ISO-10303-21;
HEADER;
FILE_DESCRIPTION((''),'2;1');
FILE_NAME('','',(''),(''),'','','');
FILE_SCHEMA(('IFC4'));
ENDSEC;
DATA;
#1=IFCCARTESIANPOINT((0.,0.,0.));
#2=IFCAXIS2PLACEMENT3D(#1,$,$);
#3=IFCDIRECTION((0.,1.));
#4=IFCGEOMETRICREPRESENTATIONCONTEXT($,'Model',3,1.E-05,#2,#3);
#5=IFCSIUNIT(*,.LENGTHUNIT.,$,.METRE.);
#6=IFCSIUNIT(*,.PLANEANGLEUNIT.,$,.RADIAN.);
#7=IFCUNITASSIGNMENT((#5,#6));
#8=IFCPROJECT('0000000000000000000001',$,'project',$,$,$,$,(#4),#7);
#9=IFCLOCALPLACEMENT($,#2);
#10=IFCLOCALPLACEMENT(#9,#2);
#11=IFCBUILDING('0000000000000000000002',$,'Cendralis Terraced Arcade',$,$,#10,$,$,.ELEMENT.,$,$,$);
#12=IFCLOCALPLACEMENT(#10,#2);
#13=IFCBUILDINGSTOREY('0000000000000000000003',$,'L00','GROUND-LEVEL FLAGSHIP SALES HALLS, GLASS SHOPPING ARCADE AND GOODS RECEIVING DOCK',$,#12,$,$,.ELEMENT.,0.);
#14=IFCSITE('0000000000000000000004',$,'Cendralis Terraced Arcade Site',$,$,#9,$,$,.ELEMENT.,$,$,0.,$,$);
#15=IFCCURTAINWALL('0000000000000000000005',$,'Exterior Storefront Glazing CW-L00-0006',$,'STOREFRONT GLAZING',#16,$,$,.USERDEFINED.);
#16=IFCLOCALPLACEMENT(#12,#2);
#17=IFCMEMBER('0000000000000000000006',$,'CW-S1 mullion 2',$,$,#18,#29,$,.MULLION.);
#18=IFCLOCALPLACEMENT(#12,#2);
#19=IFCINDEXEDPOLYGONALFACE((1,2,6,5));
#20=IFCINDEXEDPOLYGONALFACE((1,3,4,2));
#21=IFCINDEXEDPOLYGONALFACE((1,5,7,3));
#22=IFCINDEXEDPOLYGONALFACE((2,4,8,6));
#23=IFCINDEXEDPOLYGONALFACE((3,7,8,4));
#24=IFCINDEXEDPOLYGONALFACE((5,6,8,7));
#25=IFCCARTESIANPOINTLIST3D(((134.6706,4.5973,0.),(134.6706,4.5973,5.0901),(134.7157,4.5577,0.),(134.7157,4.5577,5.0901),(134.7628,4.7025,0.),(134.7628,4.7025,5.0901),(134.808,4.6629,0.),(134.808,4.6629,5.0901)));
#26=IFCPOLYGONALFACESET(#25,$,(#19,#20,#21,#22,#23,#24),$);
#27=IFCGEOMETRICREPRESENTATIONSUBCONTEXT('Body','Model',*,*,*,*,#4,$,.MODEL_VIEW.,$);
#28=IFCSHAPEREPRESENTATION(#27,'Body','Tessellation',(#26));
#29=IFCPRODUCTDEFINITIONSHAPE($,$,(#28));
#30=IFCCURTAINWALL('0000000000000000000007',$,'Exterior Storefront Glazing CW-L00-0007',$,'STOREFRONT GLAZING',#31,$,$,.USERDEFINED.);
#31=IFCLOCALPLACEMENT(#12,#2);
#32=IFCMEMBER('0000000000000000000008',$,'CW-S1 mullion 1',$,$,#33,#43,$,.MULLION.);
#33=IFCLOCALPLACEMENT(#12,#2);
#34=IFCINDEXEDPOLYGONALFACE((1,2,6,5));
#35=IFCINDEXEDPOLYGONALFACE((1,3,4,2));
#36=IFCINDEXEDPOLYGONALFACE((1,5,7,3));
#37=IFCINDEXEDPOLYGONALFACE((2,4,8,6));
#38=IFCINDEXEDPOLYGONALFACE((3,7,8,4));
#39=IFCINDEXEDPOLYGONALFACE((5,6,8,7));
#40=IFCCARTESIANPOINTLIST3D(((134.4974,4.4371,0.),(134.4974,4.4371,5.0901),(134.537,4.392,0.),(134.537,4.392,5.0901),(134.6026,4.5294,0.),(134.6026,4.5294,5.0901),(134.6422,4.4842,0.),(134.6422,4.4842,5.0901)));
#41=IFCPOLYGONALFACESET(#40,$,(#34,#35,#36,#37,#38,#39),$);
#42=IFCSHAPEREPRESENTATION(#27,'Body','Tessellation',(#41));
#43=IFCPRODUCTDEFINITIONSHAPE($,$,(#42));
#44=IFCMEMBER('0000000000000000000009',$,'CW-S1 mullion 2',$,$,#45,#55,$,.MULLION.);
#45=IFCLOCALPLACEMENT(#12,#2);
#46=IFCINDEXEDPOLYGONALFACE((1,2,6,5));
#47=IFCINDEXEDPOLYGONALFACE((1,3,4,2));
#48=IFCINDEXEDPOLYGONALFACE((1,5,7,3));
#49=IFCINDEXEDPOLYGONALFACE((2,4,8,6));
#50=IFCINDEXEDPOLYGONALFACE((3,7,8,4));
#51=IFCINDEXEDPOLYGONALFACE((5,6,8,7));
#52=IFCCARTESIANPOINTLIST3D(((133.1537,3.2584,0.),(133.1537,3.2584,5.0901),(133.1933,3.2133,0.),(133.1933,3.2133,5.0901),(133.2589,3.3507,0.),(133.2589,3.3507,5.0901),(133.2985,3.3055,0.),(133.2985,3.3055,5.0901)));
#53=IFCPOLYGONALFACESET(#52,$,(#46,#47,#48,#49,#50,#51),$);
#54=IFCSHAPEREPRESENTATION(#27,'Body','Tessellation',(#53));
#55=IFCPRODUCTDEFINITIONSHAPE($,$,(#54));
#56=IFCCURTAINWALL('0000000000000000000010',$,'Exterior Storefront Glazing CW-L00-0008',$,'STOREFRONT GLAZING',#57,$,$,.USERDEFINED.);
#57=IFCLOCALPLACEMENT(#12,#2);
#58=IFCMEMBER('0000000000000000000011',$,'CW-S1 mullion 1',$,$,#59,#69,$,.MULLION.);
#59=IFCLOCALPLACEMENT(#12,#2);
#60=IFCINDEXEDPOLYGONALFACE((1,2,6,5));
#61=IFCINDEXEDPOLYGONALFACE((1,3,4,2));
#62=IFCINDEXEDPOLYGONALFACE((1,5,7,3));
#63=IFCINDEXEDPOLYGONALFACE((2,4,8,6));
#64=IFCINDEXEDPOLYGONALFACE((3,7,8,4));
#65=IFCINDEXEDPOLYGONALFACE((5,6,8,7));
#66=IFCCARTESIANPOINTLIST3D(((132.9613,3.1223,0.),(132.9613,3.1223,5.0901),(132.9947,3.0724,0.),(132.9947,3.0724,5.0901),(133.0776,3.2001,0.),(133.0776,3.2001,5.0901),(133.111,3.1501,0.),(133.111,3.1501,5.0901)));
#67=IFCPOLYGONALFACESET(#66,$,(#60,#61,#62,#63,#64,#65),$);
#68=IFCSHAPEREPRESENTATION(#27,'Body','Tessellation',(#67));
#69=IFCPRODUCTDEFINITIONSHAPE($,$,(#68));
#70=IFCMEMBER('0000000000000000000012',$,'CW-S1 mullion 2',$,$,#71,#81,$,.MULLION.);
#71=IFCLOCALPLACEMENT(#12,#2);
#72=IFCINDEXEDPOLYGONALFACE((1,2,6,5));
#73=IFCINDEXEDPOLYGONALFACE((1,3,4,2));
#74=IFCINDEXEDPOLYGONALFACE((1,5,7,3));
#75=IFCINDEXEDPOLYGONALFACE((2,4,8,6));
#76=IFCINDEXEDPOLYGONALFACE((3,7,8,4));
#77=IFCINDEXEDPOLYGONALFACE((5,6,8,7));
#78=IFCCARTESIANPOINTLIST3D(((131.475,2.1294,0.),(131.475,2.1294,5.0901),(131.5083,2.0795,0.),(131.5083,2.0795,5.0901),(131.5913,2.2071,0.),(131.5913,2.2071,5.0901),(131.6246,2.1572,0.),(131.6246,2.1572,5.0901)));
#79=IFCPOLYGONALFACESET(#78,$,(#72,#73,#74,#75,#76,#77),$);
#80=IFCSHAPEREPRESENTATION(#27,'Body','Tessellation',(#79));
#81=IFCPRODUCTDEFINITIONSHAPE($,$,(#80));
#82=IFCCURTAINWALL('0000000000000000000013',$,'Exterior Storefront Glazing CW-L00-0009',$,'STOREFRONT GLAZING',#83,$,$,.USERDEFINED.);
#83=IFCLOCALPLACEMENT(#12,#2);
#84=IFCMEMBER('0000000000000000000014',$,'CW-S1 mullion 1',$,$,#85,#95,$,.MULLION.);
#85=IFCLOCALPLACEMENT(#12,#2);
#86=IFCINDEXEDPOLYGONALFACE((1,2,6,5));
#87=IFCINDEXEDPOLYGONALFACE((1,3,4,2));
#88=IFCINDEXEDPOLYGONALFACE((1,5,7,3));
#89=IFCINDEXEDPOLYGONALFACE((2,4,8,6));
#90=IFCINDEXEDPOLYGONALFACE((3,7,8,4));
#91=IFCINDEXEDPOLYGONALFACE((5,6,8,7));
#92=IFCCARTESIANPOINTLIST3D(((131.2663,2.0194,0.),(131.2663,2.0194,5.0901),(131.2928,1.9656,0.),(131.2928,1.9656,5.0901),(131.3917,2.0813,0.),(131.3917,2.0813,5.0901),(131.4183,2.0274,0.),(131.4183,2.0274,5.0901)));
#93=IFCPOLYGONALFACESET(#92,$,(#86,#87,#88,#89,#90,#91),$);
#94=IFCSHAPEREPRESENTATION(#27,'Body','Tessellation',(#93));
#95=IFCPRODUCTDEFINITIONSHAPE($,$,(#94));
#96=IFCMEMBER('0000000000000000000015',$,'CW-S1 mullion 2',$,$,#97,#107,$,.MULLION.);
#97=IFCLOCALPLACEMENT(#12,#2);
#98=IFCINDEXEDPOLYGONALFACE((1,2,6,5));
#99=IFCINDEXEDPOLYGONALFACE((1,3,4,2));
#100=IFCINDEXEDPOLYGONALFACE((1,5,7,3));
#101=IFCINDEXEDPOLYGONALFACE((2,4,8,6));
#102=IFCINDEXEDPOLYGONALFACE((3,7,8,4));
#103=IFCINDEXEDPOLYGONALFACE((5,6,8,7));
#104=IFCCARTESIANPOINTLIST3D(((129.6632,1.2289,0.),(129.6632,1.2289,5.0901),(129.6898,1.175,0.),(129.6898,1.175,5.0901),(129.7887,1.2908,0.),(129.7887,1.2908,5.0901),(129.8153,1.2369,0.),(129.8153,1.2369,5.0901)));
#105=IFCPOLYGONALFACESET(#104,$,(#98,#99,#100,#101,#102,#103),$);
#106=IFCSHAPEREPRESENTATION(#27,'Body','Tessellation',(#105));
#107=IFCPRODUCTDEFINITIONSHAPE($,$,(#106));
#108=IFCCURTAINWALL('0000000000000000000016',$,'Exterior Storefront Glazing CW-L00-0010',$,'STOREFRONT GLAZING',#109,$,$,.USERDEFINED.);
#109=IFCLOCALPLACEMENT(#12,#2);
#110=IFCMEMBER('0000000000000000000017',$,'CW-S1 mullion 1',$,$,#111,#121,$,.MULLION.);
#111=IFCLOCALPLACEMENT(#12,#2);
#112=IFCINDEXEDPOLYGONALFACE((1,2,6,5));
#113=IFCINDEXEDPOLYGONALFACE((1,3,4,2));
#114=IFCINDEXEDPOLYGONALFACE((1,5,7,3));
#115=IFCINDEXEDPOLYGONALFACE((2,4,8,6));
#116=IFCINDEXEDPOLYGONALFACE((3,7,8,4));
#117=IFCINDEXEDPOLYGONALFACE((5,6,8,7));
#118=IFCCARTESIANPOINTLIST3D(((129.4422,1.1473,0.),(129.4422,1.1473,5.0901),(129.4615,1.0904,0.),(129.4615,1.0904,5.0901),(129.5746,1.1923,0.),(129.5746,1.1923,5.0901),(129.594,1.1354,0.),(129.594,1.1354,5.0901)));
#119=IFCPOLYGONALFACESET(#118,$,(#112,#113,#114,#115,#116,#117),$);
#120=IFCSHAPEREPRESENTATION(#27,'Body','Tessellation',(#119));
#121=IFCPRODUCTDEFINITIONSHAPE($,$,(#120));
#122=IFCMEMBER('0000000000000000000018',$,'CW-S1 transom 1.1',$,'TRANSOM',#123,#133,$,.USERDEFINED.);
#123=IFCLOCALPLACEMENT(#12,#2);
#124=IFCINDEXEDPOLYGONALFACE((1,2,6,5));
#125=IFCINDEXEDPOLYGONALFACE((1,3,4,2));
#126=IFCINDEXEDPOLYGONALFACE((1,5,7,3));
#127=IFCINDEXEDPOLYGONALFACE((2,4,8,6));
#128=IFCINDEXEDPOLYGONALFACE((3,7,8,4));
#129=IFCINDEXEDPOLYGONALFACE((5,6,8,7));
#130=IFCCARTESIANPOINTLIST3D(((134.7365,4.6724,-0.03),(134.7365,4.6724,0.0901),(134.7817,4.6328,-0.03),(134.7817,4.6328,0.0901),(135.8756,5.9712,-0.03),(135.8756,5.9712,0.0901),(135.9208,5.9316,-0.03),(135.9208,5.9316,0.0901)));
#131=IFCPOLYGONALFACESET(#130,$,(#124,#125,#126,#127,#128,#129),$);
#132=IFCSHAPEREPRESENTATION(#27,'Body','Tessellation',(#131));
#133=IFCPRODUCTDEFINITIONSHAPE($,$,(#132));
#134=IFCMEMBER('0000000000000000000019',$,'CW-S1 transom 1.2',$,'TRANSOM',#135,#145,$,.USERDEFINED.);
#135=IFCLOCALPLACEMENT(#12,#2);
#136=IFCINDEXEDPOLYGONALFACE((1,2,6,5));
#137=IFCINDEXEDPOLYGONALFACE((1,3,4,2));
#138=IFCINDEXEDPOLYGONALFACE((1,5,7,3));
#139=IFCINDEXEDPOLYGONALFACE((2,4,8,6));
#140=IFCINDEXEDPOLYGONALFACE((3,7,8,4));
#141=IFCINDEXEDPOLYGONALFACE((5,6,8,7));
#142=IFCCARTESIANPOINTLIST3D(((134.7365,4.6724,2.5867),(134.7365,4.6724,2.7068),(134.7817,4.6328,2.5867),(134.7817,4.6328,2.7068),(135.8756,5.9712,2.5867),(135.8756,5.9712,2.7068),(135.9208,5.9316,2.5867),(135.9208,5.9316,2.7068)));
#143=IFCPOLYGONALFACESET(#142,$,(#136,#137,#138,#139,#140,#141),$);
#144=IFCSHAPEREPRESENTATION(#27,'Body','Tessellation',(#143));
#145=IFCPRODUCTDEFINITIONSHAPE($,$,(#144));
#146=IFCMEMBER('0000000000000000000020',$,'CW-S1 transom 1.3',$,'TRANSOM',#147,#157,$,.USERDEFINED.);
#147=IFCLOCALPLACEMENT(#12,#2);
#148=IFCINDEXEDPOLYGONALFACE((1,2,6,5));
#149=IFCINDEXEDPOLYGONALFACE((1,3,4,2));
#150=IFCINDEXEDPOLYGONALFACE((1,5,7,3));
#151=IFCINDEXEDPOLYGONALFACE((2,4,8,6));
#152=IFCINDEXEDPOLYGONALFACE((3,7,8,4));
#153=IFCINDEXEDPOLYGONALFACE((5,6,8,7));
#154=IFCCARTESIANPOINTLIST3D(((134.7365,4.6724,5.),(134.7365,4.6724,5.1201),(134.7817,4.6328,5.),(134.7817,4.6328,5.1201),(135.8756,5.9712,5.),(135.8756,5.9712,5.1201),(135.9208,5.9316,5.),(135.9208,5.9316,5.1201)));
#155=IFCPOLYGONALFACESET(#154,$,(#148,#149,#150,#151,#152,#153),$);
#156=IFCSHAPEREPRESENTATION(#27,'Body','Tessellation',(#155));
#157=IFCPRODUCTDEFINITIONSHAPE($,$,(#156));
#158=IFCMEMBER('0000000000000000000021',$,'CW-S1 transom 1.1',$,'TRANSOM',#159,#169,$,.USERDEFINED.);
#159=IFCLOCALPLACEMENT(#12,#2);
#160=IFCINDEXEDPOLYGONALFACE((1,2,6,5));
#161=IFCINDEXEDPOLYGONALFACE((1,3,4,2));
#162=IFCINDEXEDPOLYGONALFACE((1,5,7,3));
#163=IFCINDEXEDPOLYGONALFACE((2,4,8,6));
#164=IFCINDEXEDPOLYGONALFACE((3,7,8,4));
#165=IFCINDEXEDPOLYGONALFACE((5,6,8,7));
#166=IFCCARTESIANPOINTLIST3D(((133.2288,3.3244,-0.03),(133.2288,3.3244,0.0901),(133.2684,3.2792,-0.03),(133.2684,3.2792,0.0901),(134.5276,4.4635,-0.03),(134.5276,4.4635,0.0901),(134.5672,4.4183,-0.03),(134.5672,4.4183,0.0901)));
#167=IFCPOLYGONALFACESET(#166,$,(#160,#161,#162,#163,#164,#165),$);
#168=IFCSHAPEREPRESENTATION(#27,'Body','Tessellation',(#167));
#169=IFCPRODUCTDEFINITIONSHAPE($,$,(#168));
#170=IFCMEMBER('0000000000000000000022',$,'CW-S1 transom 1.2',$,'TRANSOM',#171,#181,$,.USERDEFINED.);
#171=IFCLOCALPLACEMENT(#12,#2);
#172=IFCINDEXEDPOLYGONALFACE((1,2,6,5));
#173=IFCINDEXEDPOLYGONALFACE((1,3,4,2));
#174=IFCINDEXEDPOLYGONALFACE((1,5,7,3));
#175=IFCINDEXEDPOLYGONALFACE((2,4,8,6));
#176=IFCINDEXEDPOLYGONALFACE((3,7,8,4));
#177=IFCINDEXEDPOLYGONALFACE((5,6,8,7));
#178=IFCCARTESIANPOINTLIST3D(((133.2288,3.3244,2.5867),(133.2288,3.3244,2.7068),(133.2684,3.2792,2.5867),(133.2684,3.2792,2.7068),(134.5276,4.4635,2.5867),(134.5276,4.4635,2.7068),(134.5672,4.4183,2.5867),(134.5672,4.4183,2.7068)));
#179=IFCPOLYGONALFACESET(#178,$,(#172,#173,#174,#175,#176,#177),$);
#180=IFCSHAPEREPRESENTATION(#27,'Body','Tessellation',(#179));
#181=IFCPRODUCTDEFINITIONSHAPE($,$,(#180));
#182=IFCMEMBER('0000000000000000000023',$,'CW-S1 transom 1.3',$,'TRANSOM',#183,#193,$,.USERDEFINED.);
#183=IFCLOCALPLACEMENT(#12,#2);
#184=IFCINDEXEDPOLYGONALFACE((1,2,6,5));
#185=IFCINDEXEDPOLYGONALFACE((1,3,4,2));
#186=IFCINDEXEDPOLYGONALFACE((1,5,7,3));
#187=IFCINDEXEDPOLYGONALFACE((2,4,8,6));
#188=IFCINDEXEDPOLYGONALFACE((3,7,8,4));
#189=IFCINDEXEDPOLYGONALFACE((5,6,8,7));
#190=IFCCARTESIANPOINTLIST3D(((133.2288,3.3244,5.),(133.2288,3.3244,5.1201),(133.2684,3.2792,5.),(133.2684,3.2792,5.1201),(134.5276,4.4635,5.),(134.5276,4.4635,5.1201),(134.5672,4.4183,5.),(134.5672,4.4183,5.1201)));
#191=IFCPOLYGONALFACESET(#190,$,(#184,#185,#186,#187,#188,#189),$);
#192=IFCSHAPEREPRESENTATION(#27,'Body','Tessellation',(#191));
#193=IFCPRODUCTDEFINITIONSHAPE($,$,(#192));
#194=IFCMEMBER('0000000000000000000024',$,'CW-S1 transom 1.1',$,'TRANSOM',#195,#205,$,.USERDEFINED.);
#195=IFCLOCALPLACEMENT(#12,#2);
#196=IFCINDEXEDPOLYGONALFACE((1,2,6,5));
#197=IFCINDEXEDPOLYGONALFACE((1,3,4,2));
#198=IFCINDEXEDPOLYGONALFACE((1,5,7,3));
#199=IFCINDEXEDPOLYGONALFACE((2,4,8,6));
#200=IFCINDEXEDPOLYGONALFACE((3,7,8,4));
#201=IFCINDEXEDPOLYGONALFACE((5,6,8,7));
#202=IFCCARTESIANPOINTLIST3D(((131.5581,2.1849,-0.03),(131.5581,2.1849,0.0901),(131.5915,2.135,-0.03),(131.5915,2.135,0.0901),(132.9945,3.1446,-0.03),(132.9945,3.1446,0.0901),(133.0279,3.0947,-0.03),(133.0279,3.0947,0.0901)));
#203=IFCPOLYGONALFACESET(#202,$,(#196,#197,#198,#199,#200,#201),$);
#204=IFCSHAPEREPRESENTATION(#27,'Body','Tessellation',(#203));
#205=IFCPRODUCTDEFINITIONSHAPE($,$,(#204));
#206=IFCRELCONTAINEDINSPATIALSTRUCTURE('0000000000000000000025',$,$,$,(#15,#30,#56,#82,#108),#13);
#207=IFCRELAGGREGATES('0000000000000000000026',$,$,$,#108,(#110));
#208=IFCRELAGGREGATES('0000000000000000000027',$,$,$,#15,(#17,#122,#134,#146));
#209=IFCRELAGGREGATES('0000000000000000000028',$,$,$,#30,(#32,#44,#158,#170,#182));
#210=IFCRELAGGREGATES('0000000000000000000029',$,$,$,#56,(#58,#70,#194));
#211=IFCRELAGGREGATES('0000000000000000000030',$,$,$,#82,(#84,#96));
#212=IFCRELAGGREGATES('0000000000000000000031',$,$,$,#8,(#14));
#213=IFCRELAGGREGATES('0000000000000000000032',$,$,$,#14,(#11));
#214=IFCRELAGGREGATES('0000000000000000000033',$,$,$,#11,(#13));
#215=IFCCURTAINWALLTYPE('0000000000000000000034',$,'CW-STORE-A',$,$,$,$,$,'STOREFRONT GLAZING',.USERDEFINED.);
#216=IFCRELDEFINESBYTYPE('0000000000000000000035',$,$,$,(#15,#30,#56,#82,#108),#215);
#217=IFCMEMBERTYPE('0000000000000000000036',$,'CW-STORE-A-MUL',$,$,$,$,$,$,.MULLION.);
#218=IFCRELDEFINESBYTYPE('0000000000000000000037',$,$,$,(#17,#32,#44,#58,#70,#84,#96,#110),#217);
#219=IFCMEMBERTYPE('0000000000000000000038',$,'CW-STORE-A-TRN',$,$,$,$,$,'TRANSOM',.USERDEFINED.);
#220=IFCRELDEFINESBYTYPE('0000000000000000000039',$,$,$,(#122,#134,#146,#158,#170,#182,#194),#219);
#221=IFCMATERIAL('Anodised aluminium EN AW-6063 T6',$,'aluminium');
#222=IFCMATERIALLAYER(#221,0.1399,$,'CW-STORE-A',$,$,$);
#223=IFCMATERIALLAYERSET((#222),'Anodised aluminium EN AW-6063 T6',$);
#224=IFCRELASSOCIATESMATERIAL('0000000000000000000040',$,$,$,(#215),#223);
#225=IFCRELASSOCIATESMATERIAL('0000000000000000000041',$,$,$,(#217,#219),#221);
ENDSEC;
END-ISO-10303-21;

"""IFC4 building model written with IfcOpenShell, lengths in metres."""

from ifc_helpers import new_model, si_unit, direction, frame, origin, origin_2d, place, context, subcontext, project, spatial, rectangle, extrude, material, layer, layer_set, material_profile, profile_set, type_object, element, aggregate, save


model = new_model("IFC4")

# Units and contexts
model_context = context("Model", 3, precision=1e-05, world=origin(), true_north=direction((0.0, 1.0)))
body_context = subcontext(model_context, "Body", "Model", "MODEL_VIEW")
ifc_project = project(units=[si_unit("LENGTHUNIT", "METRE"), si_unit("PLANEANGLEUNIT", "RADIAN")], contexts=[model_context])

# Site, building, storey
site_placement = place(None, origin())
site = spatial("IfcSite", under=ifc_project, at=site_placement, Name="Cendralis Terraced Arcade Site", CompositionType="ELEMENT", RefElevation=0.0)
building_placement = place(site_placement, origin())
building = spatial("IfcBuilding", under=site, at=building_placement, Name="Cendralis Terraced Arcade", CompositionType="ELEMENT")
storey_placement = place(building_placement, origin())
storey = spatial("IfcBuildingStorey", under=building, at=storey_placement, Name="L00", Description="GROUND-LEVEL FLAGSHIP SALES HALLS, GLASS SHOPPING ARCADE AND GOODS RECEIVING DOCK", CompositionType="ELEMENT", Elevation=0.0)

# Curtain wall, member
ifc_material_1 = material(Name="Anodised aluminium EN AW-6063 T6", Category="aluminium")
ifc_layer_1 = layer(ifc_material_1, 0.1399, Name="CW-STORE-A")
ifc_layer_set_1 = layer_set([ifc_layer_1], Name="Anodised aluminium EN AW-6063 T6")
curtain_wall_type = type_object("IfcCurtainWallType", Name="CW-STORE-A", ElementType="STOREFRONT GLAZING", PredefinedType="USERDEFINED", material=ifc_layer_set_1)
curtain_wall_1_placement = place(storey_placement, origin())
curtain_wall_1 = element("IfcCurtainWall", 1, at=curtain_wall_1_placement, inside=storey, type_object=curtain_wall_type, Name="Exterior Storefront Glazing CW-L00-0006", ObjectType="STOREFRONT GLAZING", PredefinedType="USERDEFINED")
ifc_material_profile_1 = material_profile(ifc_material_1, rectangle(XDim=0.0601, YDim=0.1399, at=origin_2d()), Name="ALU-MUL-60x140")
ifc_profile_set_1 = profile_set([ifc_material_profile_1], Name="Anodised aluminium EN AW-6063 T6")
member_type_1 = type_object("IfcMemberType", Name="CW-STORE-A-MUL", PredefinedType="MULLION", material=ifc_profile_set_1)
member_1_placement = place(storey_placement, frame((134.7393, 4.6301, 0.0), z_axis=(0.0, 0.0, 1.0), x_axis=(0.751818, -0.65937, 0.0)))
member_1 = element("IfcMember", 2, at=member_1_placement, type_object=member_type_1, Name="CW-S1 mullion 2", PredefinedType="MULLION", context=body_context, shape_type="SweptSolid", body=[
    extrude(rectangle(XDim=0.0601, YDim=0.1399, at=origin_2d()), origin(), (0.0, 0.0, 1.0), 5.0901),
])

# Curtain walls, members
curtain_wall_2_placement = place(storey_placement, origin())
curtain_wall_2 = element("IfcCurtainWall", 3, at=curtain_wall_2_placement, inside=storey, type_object=curtain_wall_type, Name="Exterior Storefront Glazing CW-L00-0007", ObjectType="STOREFRONT GLAZING", PredefinedType="USERDEFINED")
member_2_placement = place(storey_placement, frame((134.5698, 4.4607, 0.0), z_axis=(0.0, 0.0, 1.0), x_axis=(0.65937, -0.751818, 0.0)))
member_2 = element("IfcMember", 4, at=member_2_placement, type_object=member_type_1, Name="CW-S1 mullion 1", PredefinedType="MULLION", context=body_context, shape_type="SweptSolid", body=[
    extrude(rectangle(XDim=0.0601, YDim=0.1399, at=origin_2d()), origin(), (0.0, 0.0, 1.0), 5.0901),
])
member_3_placement = place(storey_placement, frame((133.2261, 3.282, 0.0), z_axis=(0.0, 0.0, 1.0), x_axis=(0.65937, -0.751818, 0.0)))
member_3 = element("IfcMember", 5, at=member_3_placement, type_object=member_type_1, Name="CW-S1 mullion 2", PredefinedType="MULLION", context=body_context, shape_type="SweptSolid", body=[
    extrude(rectangle(XDim=0.0601, YDim=0.1399, at=origin_2d()), origin(), (0.0, 0.0, 1.0), 5.0901),
])
curtain_wall_3_placement = place(storey_placement, origin())
curtain_wall_3 = element("IfcCurtainWall", 6, at=curtain_wall_3_placement, inside=storey, type_object=curtain_wall_type, Name="Exterior Storefront Glazing CW-L00-0008", ObjectType="STOREFRONT GLAZING", PredefinedType="USERDEFINED")
member_4_placement = place(storey_placement, frame((133.0361, 3.1362, 0.0), z_axis=(0.0, 0.0, 1.0), x_axis=(0.555549, -0.831484, 0.0)))
member_4 = element("IfcMember", 7, at=member_4_placement, type_object=member_type_1, Name="CW-S1 mullion 1", PredefinedType="MULLION", context=body_context, shape_type="SweptSolid", body=[
    extrude(rectangle(XDim=0.0601, YDim=0.1399, at=origin_2d()), origin(), (0.0, 0.0, 1.0), 5.0901),
])
member_5_placement = place(storey_placement, frame((131.5498, 2.1433, 0.0), z_axis=(0.0, 0.0, 1.0), x_axis=(0.555549, -0.831484, 0.0)))
member_5 = element("IfcMember", 8, at=member_5_placement, type_object=member_type_1, Name="CW-S1 mullion 2", PredefinedType="MULLION", context=body_context, shape_type="SweptSolid", body=[
    extrude(rectangle(XDim=0.0601, YDim=0.1399, at=origin_2d()), origin(), (0.0, 0.0, 1.0), 5.0901),
])
curtain_wall_4_placement = place(storey_placement, origin())
curtain_wall_4 = element("IfcCurtainWall", 9, at=curtain_wall_4_placement, inside=storey, type_object=curtain_wall_type, Name="Exterior Storefront Glazing CW-L00-0009", ObjectType="STOREFRONT GLAZING", PredefinedType="USERDEFINED")
member_6_placement = place(storey_placement, frame((131.3423, 2.0234, 0.0), z_axis=(0.0, 0.0, 1.0), x_axis=(0.44227, -0.896882, 0.0)))
member_6 = element("IfcMember", 10, at=member_6_placement, type_object=member_type_1, Name="CW-S1 mullion 1", PredefinedType="MULLION", context=body_context, shape_type="SweptSolid", body=[
    extrude(rectangle(XDim=0.0601, YDim=0.1399, at=origin_2d()), origin(), (0.0, 0.0, 1.0), 5.0901),
])
member_7_placement = place(storey_placement, frame((129.7393, 1.2329, 0.0), z_axis=(0.0, 0.0, 1.0), x_axis=(0.44227, -0.896882, 0.0)))
member_7 = element("IfcMember", 11, at=member_7_placement, type_object=member_type_1, Name="CW-S1 mullion 2", PredefinedType="MULLION", context=body_context, shape_type="SweptSolid", body=[
    extrude(rectangle(XDim=0.0601, YDim=0.1399, at=origin_2d()), origin(), (0.0, 0.0, 1.0), 5.0901),
])

# Curtain wall, member
curtain_wall_5_placement = place(storey_placement, origin())
curtain_wall_5 = element("IfcCurtainWall", 12, at=curtain_wall_5_placement, inside=storey, type_object=curtain_wall_type, Name="Exterior Storefront Glazing CW-L00-0010", ObjectType="STOREFRONT GLAZING", PredefinedType="USERDEFINED")
member_8_placement = place(storey_placement, frame((129.5181, 1.1414, 0.0), z_axis=(0.0, 0.0, 1.0), x_axis=(0.3215, -0.94691, 0.0)))
member_8 = element("IfcMember", 13, at=member_8_placement, type_object=member_type_1, Name="CW-S1 mullion 1", PredefinedType="MULLION", context=body_context, shape_type="SweptSolid", body=[
    extrude(rectangle(XDim=0.0601, YDim=0.1399, at=origin_2d()), origin(), (0.0, 0.0, 1.0), 5.0901),
])

# Members
ifc_material_profile_2 = material_profile(ifc_material_1, rectangle(XDim=0.0601, YDim=0.1201, at=origin_2d()), Name="ALU-TRN-60x120")
ifc_profile_set_2 = profile_set([ifc_material_profile_2], Name="Anodised aluminium EN AW-6063 T6")
member_type_2 = type_object("IfcMemberType", Name="CW-STORE-A-TRN", ElementType="TRANSOM", PredefinedType="USERDEFINED", material=ifc_profile_set_2)
member_9_placement = place(storey_placement, frame((135.8982, 5.9514, 0.03), z_axis=(-0.659385, -0.751806, 0.0), x_axis=(0.751806, -0.659385, 0.0)))
member_9 = element("IfcMember", 14, at=member_9_placement, type_object=member_type_2, Name="CW-S1 transom 1.1", ObjectType="TRANSOM", PredefinedType="USERDEFINED", context=body_context, shape_type="SweptSolid", body=[
    extrude(rectangle(XDim=0.0601, YDim=0.1201, at=origin_2d()), origin(), (0.0, 0.0, 1.0), 1.7275),
])
member_10_placement = place(storey_placement, frame((135.8982, 5.9514, 2.6467), z_axis=(-0.659385, -0.751806, 0.0), x_axis=(0.751806, -0.659385, 0.0)))
member_10 = element("IfcMember", 15, at=member_10_placement, type_object=member_type_2, Name="CW-S1 transom 1.2", ObjectType="TRANSOM", PredefinedType="USERDEFINED", context=body_context, shape_type="SweptSolid", body=[
    extrude(rectangle(XDim=0.0601, YDim=0.1201, at=origin_2d()), origin(), (0.0, 0.0, 1.0), 1.7275),
])
member_11_placement = place(storey_placement, frame((135.8982, 5.9514, 5.0601), z_axis=(-0.659385, -0.751806, 0.0), x_axis=(0.751806, -0.659385, 0.0)))
member_11 = element("IfcMember", 16, at=member_11_placement, type_object=member_type_2, Name="CW-S1 transom 1.3", ObjectType="TRANSOM", PredefinedType="USERDEFINED", context=body_context, shape_type="SweptSolid", body=[
    extrude(rectangle(XDim=0.0601, YDim=0.1201, at=origin_2d()), origin(), (0.0, 0.0, 1.0), 1.7275),
])
member_12_placement = place(storey_placement, frame((134.5474, 4.4409, 0.03), z_axis=(-0.751806, -0.659385, 0.0), x_axis=(0.659385, -0.751806, 0.0)))
member_12 = element("IfcMember", 17, at=member_12_placement, type_object=member_type_2, Name="CW-S1 transom 1.1", ObjectType="TRANSOM", PredefinedType="USERDEFINED", context=body_context, shape_type="SweptSolid", body=[
    extrude(rectangle(XDim=0.0601, YDim=0.1201, at=origin_2d()), origin(), (0.0, 0.0, 1.0), 1.7275),
])
member_13_placement = place(storey_placement, frame((134.5474, 4.4409, 2.6467), z_axis=(-0.751806, -0.659385, 0.0), x_axis=(0.659385, -0.751806, 0.0)))
member_13 = element("IfcMember", 18, at=member_13_placement, type_object=member_type_2, Name="CW-S1 transom 1.2", ObjectType="TRANSOM", PredefinedType="USERDEFINED", context=body_context, shape_type="SweptSolid", body=[
    extrude(rectangle(XDim=0.0601, YDim=0.1201, at=origin_2d()), origin(), (0.0, 0.0, 1.0), 1.7275),
])
member_14_placement = place(storey_placement, frame((134.5474, 4.4409, 5.0601), z_axis=(-0.751806, -0.659385, 0.0), x_axis=(0.659385, -0.751806, 0.0)))
member_14 = element("IfcMember", 19, at=member_14_placement, type_object=member_type_2, Name="CW-S1 transom 1.3", ObjectType="TRANSOM", PredefinedType="USERDEFINED", context=body_context, shape_type="SweptSolid", body=[
    extrude(rectangle(XDim=0.0601, YDim=0.1201, at=origin_2d()), origin(), (0.0, 0.0, 1.0), 1.7275),
])
member_15_placement = place(storey_placement, frame((133.0112, 3.1196, 0.03), z_axis=(-0.831506, -0.555515, 0.0), x_axis=(0.555515, -0.831506, 0.0)))
member_15 = element("IfcMember", 20, at=member_15_placement, type_object=member_type_2, Name="CW-S1 transom 1.1", ObjectType="TRANSOM", PredefinedType="USERDEFINED", context=body_context, shape_type="SweptSolid", body=[
    extrude(rectangle(XDim=0.0601, YDim=0.1201, at=origin_2d()), origin(), (0.0, 0.0, 1.0), 1.7275),
])
aggregate(curtain_wall_5, [member_8])

aggregate(curtain_wall_1, [member_1, member_9, member_10, member_11])
aggregate(curtain_wall_2, [member_2, member_3, member_12, member_13, member_14])
aggregate(curtain_wall_3, [member_4, member_5, member_15])
aggregate(curtain_wall_4, [member_6, member_7])

save(model, "model.ifc")
